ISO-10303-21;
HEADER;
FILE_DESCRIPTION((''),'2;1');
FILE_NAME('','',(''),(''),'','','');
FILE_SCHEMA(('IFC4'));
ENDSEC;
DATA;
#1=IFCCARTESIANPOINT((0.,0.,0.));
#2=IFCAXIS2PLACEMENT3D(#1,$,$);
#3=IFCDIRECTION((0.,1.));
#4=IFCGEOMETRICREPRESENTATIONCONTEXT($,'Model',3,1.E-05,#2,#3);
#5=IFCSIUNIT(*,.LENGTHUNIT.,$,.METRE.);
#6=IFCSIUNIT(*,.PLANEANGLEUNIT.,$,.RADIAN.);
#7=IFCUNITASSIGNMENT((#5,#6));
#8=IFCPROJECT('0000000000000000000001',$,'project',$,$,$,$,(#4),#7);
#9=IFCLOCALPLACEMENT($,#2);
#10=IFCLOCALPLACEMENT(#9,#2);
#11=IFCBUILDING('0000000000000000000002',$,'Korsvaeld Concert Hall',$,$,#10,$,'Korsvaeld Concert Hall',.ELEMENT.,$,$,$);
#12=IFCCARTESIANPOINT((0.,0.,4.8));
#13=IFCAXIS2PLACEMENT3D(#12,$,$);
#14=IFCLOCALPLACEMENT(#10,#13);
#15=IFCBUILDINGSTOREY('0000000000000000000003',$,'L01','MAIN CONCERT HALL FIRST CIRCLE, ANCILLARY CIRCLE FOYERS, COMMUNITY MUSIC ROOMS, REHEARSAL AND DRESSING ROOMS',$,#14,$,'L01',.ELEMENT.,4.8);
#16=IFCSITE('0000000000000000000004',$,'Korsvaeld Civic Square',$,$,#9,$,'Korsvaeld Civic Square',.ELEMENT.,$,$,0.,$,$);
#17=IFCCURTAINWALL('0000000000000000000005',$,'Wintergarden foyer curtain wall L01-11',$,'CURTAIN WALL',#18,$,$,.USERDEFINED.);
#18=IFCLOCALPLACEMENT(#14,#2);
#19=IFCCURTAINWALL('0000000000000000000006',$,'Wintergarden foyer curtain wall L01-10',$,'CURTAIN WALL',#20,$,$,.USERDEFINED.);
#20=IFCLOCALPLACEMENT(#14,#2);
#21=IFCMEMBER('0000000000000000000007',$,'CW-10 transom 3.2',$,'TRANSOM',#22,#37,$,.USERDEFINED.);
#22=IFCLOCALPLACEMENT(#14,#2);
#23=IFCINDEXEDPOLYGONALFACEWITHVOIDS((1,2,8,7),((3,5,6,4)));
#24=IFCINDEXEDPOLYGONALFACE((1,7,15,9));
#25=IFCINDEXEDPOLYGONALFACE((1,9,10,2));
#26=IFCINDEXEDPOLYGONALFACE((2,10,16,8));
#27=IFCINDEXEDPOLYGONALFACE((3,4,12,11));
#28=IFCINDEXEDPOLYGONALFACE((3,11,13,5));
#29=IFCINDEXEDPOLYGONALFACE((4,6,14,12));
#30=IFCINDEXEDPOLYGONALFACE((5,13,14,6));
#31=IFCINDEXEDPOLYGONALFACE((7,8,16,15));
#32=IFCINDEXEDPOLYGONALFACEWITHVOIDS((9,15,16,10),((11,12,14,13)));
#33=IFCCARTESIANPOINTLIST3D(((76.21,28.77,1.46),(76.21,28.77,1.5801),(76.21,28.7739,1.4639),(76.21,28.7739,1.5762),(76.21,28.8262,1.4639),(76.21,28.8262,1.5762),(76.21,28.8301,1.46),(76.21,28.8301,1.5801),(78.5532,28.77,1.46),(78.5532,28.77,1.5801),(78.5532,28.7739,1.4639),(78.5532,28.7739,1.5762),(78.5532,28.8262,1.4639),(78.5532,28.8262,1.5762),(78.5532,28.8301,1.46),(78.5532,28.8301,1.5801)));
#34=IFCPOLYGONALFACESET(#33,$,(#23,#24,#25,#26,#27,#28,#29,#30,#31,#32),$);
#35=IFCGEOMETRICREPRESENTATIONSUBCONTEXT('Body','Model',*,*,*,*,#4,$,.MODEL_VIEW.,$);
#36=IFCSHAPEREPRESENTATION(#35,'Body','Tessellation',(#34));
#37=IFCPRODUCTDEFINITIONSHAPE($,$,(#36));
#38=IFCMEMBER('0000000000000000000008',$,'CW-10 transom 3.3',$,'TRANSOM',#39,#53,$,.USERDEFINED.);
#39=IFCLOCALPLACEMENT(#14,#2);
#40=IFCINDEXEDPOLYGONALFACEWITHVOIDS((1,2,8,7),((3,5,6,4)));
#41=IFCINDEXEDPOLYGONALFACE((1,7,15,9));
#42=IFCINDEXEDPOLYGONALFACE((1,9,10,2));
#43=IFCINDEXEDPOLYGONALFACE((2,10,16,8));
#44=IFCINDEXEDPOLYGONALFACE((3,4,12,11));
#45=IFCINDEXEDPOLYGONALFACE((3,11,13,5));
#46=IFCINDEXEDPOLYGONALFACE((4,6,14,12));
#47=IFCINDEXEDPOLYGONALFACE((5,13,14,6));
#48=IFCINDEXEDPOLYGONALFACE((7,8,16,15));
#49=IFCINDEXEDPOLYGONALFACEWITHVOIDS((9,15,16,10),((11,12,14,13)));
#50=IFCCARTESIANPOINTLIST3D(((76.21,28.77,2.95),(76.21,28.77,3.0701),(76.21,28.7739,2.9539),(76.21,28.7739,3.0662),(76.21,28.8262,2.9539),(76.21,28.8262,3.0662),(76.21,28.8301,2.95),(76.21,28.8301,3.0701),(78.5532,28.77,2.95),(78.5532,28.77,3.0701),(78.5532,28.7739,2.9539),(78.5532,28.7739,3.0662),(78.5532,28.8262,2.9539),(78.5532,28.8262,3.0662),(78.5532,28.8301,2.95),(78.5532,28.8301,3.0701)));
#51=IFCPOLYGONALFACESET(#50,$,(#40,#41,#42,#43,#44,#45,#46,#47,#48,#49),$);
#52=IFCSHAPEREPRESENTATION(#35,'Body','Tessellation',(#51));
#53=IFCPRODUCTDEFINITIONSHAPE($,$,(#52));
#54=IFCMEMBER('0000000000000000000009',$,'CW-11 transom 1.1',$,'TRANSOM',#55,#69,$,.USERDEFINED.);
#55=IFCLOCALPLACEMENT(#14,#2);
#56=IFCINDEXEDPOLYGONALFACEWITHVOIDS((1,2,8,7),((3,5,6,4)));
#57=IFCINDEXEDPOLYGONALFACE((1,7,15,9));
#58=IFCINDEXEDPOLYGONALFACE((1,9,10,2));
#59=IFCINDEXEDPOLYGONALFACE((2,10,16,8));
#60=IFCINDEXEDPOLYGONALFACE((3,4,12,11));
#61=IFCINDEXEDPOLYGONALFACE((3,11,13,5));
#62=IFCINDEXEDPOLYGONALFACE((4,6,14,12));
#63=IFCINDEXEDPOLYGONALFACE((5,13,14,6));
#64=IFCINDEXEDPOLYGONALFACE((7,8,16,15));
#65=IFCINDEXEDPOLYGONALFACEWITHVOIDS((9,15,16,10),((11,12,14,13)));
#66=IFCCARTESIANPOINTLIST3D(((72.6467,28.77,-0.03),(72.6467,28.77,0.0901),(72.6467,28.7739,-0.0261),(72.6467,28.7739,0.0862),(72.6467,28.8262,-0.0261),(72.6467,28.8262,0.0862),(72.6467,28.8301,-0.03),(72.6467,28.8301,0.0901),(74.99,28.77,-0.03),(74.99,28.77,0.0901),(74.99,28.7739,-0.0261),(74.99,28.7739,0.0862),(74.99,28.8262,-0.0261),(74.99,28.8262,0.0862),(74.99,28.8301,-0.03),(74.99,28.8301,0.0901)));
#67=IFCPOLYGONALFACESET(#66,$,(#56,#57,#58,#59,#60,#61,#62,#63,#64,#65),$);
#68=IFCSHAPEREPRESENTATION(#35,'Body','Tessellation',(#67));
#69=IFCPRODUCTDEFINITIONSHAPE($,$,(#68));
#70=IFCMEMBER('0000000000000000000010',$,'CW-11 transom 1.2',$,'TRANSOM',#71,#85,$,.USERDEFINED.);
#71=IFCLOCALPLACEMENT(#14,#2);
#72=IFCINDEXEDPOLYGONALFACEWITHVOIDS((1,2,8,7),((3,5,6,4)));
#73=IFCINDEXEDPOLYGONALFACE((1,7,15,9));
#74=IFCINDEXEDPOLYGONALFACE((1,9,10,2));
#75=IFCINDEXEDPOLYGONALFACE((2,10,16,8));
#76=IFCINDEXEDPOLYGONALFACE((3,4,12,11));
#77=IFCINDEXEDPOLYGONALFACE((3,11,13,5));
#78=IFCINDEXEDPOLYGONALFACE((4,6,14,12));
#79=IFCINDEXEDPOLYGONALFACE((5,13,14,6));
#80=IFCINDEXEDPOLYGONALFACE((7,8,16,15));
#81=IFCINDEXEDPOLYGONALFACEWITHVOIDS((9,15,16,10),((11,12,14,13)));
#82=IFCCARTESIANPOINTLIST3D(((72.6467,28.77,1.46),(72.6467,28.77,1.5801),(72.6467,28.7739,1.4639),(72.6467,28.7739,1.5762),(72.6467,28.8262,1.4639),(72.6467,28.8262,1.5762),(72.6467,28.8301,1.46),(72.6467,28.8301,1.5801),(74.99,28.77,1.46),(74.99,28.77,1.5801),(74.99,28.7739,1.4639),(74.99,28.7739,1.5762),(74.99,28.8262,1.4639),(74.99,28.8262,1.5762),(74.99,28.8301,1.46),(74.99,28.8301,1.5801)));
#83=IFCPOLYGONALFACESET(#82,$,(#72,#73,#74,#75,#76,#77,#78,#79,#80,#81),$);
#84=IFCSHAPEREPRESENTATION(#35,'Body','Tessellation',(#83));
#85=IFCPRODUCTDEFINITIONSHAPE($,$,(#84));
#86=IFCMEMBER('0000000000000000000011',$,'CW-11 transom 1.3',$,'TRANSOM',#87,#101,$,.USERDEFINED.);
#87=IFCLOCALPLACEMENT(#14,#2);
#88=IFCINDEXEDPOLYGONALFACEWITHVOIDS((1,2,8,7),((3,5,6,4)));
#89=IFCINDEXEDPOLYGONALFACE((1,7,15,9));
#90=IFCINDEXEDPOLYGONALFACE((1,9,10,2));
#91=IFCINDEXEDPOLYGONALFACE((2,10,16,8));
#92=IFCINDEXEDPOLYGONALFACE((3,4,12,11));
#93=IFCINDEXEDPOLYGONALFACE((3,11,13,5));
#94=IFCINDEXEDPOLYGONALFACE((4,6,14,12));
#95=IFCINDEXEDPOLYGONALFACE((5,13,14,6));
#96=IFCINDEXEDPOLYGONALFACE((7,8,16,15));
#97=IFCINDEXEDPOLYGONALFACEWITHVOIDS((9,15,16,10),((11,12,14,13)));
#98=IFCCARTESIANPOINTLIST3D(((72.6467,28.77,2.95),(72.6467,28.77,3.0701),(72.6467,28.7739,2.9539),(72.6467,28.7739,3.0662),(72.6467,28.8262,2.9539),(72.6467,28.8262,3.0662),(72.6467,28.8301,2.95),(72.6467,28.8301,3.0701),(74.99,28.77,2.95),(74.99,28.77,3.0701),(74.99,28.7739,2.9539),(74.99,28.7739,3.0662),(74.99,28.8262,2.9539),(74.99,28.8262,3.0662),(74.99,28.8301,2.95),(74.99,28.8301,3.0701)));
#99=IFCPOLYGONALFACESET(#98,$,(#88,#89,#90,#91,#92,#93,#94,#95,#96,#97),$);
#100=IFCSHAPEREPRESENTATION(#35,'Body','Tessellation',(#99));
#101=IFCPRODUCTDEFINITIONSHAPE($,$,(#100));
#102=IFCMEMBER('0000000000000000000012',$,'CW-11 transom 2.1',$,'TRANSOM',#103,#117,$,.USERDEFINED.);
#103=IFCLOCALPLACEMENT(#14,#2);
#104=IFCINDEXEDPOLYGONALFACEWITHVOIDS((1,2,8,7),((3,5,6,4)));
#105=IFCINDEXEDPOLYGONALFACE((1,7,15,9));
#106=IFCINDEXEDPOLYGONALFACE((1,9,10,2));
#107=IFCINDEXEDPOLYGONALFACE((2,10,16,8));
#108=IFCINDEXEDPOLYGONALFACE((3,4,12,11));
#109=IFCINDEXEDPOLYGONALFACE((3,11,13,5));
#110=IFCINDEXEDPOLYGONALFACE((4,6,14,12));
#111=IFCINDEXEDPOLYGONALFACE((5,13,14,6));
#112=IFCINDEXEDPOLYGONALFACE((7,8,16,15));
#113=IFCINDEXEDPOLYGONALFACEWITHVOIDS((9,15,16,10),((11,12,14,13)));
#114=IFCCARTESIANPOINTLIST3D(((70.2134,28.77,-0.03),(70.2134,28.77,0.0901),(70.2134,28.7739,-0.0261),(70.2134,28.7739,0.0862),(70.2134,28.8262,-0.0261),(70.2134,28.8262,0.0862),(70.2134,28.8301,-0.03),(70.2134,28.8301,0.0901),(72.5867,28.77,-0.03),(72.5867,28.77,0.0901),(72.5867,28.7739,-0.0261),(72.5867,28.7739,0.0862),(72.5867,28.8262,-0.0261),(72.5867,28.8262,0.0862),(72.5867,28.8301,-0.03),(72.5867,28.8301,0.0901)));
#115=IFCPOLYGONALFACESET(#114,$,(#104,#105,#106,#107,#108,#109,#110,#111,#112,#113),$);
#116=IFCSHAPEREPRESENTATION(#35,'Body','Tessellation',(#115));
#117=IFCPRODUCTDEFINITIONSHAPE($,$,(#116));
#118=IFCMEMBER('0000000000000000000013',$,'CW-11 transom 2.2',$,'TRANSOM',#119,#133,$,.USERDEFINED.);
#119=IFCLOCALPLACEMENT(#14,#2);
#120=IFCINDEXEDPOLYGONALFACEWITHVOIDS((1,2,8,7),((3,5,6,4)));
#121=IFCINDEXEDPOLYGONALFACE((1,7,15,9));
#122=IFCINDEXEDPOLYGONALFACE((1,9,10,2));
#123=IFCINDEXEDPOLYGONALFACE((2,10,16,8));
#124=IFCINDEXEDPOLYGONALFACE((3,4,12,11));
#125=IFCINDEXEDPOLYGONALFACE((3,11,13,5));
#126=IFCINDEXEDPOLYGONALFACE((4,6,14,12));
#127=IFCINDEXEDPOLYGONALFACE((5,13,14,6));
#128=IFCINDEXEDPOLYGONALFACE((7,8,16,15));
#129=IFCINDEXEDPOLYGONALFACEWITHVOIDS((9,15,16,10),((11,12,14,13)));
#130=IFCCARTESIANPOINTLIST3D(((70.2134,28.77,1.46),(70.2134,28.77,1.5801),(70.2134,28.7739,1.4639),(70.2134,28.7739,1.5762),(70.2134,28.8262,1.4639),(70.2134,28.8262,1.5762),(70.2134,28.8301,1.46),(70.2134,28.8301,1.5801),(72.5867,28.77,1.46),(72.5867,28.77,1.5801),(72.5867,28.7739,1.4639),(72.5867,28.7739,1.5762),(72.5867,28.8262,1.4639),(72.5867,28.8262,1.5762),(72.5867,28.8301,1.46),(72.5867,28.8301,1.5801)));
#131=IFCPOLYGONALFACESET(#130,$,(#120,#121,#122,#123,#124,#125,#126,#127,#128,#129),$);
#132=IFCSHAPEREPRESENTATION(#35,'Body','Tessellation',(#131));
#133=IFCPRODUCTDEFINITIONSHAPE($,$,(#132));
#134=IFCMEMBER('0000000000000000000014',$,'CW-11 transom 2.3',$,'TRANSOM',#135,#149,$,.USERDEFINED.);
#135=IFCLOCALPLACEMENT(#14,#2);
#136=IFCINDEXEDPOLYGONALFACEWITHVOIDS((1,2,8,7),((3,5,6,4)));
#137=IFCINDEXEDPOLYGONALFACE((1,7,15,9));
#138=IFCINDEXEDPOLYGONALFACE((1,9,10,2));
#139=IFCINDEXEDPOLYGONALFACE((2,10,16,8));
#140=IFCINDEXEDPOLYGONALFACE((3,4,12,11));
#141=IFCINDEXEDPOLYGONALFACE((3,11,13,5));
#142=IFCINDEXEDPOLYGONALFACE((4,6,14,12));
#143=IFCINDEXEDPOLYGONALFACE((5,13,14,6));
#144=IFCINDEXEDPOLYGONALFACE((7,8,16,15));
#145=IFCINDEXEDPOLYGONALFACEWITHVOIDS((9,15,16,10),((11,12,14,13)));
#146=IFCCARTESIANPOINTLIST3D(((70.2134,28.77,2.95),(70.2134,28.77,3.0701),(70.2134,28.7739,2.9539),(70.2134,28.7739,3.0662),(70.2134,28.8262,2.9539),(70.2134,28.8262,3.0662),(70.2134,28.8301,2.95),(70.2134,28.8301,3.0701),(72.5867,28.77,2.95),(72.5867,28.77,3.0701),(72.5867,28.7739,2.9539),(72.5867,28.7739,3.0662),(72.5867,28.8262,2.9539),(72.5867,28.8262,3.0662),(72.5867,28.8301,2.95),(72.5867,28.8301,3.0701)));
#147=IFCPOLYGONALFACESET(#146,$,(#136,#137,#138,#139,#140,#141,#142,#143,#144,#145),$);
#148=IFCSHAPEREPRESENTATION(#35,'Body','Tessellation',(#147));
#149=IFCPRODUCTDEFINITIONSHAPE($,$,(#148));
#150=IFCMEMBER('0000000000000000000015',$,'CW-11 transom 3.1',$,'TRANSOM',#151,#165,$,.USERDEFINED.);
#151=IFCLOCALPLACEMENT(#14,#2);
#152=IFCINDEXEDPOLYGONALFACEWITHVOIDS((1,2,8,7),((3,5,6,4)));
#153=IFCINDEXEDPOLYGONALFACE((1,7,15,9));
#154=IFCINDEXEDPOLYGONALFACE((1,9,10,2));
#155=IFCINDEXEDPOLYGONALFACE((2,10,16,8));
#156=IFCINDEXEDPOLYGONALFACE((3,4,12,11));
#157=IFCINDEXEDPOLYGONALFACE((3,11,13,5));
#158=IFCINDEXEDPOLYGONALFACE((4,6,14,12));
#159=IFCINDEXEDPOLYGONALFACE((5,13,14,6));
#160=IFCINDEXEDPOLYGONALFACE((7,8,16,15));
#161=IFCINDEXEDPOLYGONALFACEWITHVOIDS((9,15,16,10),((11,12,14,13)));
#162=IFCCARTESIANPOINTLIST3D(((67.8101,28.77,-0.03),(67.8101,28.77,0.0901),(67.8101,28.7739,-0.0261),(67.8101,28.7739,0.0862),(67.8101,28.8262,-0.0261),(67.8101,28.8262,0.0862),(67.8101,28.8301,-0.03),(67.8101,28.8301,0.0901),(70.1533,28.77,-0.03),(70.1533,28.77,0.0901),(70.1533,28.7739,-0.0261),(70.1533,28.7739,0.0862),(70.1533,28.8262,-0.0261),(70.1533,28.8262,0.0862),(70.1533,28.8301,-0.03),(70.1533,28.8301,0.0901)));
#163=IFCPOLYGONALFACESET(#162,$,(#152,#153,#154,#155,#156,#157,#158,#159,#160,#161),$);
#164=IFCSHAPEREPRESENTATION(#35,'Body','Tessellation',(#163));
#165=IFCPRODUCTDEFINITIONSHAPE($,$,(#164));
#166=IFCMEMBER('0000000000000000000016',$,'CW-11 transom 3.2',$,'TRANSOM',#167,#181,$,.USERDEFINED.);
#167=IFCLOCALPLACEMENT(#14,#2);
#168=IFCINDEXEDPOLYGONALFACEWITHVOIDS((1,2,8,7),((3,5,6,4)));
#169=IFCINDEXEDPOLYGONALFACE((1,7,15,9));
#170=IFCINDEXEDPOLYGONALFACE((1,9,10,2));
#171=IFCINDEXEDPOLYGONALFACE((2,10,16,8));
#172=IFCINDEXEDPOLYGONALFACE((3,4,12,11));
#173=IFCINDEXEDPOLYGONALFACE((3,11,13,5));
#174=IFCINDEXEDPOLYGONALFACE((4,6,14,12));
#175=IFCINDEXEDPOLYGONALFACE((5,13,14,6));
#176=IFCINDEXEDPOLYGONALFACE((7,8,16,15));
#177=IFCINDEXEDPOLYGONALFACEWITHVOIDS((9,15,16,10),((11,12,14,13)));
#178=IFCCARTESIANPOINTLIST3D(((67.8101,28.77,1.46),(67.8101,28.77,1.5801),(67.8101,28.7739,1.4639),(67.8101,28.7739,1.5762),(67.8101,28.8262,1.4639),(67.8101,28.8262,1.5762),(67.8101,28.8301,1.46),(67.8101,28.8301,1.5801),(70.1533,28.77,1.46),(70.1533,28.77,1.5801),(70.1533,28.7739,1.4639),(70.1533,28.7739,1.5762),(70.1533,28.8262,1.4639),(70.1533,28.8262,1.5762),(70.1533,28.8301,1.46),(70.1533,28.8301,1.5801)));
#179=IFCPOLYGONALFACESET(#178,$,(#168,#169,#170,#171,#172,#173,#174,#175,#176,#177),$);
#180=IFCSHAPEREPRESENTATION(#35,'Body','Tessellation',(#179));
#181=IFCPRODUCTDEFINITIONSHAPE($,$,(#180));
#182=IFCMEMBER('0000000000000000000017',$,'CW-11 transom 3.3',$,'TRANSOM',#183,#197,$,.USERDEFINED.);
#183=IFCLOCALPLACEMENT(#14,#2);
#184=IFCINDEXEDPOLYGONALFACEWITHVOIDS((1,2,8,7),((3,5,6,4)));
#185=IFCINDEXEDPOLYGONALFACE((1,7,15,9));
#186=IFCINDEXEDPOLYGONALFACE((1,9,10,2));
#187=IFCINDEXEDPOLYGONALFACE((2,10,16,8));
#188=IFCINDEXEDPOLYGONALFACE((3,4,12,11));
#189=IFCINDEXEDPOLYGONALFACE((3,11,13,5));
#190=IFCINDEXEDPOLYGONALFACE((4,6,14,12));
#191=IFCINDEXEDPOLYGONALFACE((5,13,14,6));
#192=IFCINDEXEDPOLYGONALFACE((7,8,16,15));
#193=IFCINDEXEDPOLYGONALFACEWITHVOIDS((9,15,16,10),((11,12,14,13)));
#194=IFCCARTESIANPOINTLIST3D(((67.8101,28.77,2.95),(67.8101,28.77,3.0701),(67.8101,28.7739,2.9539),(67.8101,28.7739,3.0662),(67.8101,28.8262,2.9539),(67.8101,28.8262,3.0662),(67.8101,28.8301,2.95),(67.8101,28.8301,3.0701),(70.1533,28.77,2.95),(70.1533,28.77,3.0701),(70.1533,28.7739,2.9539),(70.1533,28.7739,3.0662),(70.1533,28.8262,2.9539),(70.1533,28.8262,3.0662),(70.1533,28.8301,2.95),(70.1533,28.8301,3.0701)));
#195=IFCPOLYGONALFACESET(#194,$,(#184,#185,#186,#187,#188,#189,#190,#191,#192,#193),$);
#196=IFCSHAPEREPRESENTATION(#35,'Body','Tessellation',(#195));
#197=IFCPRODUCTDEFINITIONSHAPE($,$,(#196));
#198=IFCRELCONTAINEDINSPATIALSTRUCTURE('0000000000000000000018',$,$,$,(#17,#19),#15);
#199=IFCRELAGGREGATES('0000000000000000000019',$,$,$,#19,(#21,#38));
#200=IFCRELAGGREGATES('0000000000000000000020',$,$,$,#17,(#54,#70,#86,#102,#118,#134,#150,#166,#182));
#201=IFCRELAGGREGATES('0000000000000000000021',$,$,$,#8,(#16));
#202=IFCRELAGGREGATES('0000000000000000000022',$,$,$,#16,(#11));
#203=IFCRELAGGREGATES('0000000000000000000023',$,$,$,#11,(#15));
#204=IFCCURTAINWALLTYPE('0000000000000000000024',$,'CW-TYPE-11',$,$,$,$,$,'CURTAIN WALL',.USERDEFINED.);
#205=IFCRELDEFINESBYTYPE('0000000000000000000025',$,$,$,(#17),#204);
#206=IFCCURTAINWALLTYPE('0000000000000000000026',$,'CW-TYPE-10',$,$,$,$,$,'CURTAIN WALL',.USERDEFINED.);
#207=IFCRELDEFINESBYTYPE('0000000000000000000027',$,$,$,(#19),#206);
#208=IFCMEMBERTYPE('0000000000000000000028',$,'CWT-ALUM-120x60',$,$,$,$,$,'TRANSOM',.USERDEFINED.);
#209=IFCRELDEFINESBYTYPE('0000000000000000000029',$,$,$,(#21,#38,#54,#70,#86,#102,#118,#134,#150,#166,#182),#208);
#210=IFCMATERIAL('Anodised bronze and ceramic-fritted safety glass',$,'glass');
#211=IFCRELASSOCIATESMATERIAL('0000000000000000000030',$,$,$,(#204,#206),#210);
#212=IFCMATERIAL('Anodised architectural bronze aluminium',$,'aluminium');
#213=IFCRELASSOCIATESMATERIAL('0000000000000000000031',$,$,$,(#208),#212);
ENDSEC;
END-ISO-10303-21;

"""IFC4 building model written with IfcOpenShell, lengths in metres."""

from ifc_helpers import new_model, si_unit, direction, frame, origin, origin_2d, place, context, subcontext, project, spatial, hollow_rectangle, extrude, material, material_profile, profile_set, type_object, element, aggregate, save


model = new_model("IFC4")

# Units and contexts
model_context = context("Model", 3, precision=1e-05, world=origin(), true_north=direction((0.0, 1.0)))
body_context = subcontext(model_context, "Body", "Model", "MODEL_VIEW")
ifc_project = project(units=[si_unit("LENGTHUNIT", "METRE"), si_unit("PLANEANGLEUNIT", "RADIAN")], contexts=[model_context])

# Site, building, storey
site_placement = place(None, origin())
site = spatial("IfcSite", under=ifc_project, at=site_placement, Name="Korsvaeld Civic Square", LongName="Korsvaeld Civic Square", CompositionType="ELEMENT", RefElevation=0.0)
building_placement = place(site_placement, origin())
building = spatial("IfcBuilding", under=site, at=building_placement, Name="Korsvaeld Concert Hall", LongName="Korsvaeld Concert Hall", CompositionType="ELEMENT")
storey_placement = place(building_placement, frame((0.0, 0.0, 4.8)))
storey = spatial("IfcBuildingStorey", under=building, at=storey_placement, Name="L01", Description="MAIN CONCERT HALL FIRST CIRCLE, ANCILLARY CIRCLE FOYERS, COMMUNITY MUSIC ROOMS, REHEARSAL AND DRESSING ROOMS", LongName="L01", CompositionType="ELEMENT", Elevation=4.8)

# Curtain walls, members
ifc_material_1 = material(Name="Anodised bronze and ceramic-fritted safety glass", Category="glass")
curtain_wall_type_1 = type_object("IfcCurtainWallType", Name="CW-TYPE-11", ElementType="CURTAIN WALL", PredefinedType="USERDEFINED", material=ifc_material_1)
curtain_wall_1_placement = place(storey_placement, origin())
curtain_wall_1 = element("IfcCurtainWall", 1, at=curtain_wall_1_placement, inside=storey, type_object=curtain_wall_type_1, Name="Wintergarden foyer curtain wall L01-11", ObjectType="CURTAIN WALL", PredefinedType="USERDEFINED")
ifc_material_2 = material(Name="Anodised architectural bronze aluminium", Category="aluminium")
curtain_wall_type_2 = type_object("IfcCurtainWallType", Name="CW-TYPE-10", ElementType="CURTAIN WALL", PredefinedType="USERDEFINED", material=ifc_material_1)
curtain_wall_2_placement = place(storey_placement, origin())
curtain_wall_2 = element("IfcCurtainWall", 2, at=curtain_wall_2_placement, inside=storey, type_object=curtain_wall_type_2, Name="Wintergarden foyer curtain wall L01-10", ObjectType="CURTAIN WALL", PredefinedType="USERDEFINED")
ifc_material_profile_1 = material_profile(ifc_material_2, hollow_rectangle(XDim=0.0601, YDim=0.1201, WallThickness=0.0039, at=origin_2d()), Name="CWT 120x60x4")
ifc_profile_set_1 = profile_set([ifc_material_profile_1], Name="Anodised architectural bronze aluminium")
member_type_1 = type_object("IfcMemberType", Name="CWT-ALUM-120x60", ElementType="TRANSOM", PredefinedType="USERDEFINED", material=ifc_profile_set_1)
member_1_placement = place(storey_placement, frame((78.5532, 28.8, 1.52), z_axis=(-1.0, 0.0, 0.0), x_axis=(0.0, -1.0, 0.0)))
member_1 = element("IfcMember", 3, at=member_1_placement, type_object=member_type_1, Name="CW-10 transom 3.2", ObjectType="TRANSOM", PredefinedType="USERDEFINED", context=body_context, shape_type="SweptSolid", body=[
    extrude(hollow_rectangle(XDim=0.0601, YDim=0.1201, WallThickness=0.0039, at=origin_2d()), origin(), (0.0, 0.0, 1.0), 2.3433),
])
member_2_placement = place(storey_placement, frame((78.5532, 28.8, 3.01), z_axis=(-1.0, 0.0, 0.0), x_axis=(0.0, -1.0, 0.0)))
member_2 = element("IfcMember", 4, at=member_2_placement, type_object=member_type_1, Name="CW-10 transom 3.3", ObjectType="TRANSOM", PredefinedType="USERDEFINED", context=body_context, shape_type="SweptSolid", body=[
    extrude(hollow_rectangle(XDim=0.0601, YDim=0.1201, WallThickness=0.0039, at=origin_2d()), origin(), (0.0, 0.0, 1.0), 2.3433),
])

# Members
member_3_placement = place(storey_placement, frame((74.99, 28.8, 0.03), z_axis=(-1.0, 0.0, 0.0), x_axis=(0.0, -1.0, 0.0)))
member_3 = element("IfcMember", 5, at=member_3_placement, type_object=member_type_1, Name="CW-11 transom 1.1", ObjectType="TRANSOM", PredefinedType="USERDEFINED", context=body_context, shape_type="SweptSolid", body=[
    extrude(hollow_rectangle(XDim=0.0601, YDim=0.1201, WallThickness=0.0039, at=origin_2d()), origin(), (0.0, 0.0, 1.0), 2.3433),
])
member_4_placement = place(storey_placement, frame((74.99, 28.8, 1.52), z_axis=(-1.0, 0.0, 0.0), x_axis=(0.0, -1.0, 0.0)))
member_4 = element("IfcMember", 6, at=member_4_placement, type_object=member_type_1, Name="CW-11 transom 1.2", ObjectType="TRANSOM", PredefinedType="USERDEFINED", context=body_context, shape_type="SweptSolid", body=[
    extrude(hollow_rectangle(XDim=0.0601, YDim=0.1201, WallThickness=0.0039, at=origin_2d()), origin(), (0.0, 0.0, 1.0), 2.3433),
])
member_5_placement = place(storey_placement, frame((74.99, 28.8, 3.01), z_axis=(-1.0, 0.0, 0.0), x_axis=(0.0, -1.0, 0.0)))
member_5 = element("IfcMember", 7, at=member_5_placement, type_object=member_type_1, Name="CW-11 transom 1.3", ObjectType="TRANSOM", PredefinedType="USERDEFINED", context=body_context, shape_type="SweptSolid", body=[
    extrude(hollow_rectangle(XDim=0.0601, YDim=0.1201, WallThickness=0.0039, at=origin_2d()), origin(), (0.0, 0.0, 1.0), 2.3433),
])
member_6_placement = place(storey_placement, frame((72.5867, 28.8, 0.03), z_axis=(-1.0, 0.0, 0.0), x_axis=(0.0, -1.0, 0.0)))
member_6 = element("IfcMember", 8, at=member_6_placement, type_object=member_type_1, Name="CW-11 transom 2.1", ObjectType="TRANSOM", PredefinedType="USERDEFINED", context=body_context, shape_type="SweptSolid", body=[
    extrude(hollow_rectangle(XDim=0.0601, YDim=0.1201, WallThickness=0.0039, at=origin_2d()), origin(), (0.0, 0.0, 1.0), 2.3733),
])
member_7_placement = place(storey_placement, frame((72.5867, 28.8, 1.52), z_axis=(-1.0, 0.0, 0.0), x_axis=(0.0, -1.0, 0.0)))
member_7 = element("IfcMember", 9, at=member_7_placement, type_object=member_type_1, Name="CW-11 transom 2.2", ObjectType="TRANSOM", PredefinedType="USERDEFINED", context=body_context, shape_type="SweptSolid", body=[
    extrude(hollow_rectangle(XDim=0.0601, YDim=0.1201, WallThickness=0.0039, at=origin_2d()), origin(), (0.0, 0.0, 1.0), 2.3733),
])
member_8_placement = place(storey_placement, frame((72.5867, 28.8, 3.01), z_axis=(-1.0, 0.0, 0.0), x_axis=(0.0, -1.0, 0.0)))
member_8 = element("IfcMember", 10, at=member_8_placement, type_object=member_type_1, Name="CW-11 transom 2.3", ObjectType="TRANSOM", PredefinedType="USERDEFINED", context=body_context, shape_type="SweptSolid", body=[
    extrude(hollow_rectangle(XDim=0.0601, YDim=0.1201, WallThickness=0.0039, at=origin_2d()), origin(), (0.0, 0.0, 1.0), 2.3733),
])
member_9_placement = place(storey_placement, frame((70.1533, 28.8, 0.03), z_axis=(-1.0, 0.0, 0.0), x_axis=(0.0, -1.0, 0.0)))
member_9 = element("IfcMember", 11, at=member_9_placement, type_object=member_type_1, Name="CW-11 transom 3.1", ObjectType="TRANSOM", PredefinedType="USERDEFINED", context=body_context, shape_type="SweptSolid", body=[
    extrude(hollow_rectangle(XDim=0.0601, YDim=0.1201, WallThickness=0.0039, at=origin_2d()), origin(), (0.0, 0.0, 1.0), 2.3433),
])
member_10_placement = place(storey_placement, frame((70.1533, 28.8, 1.52), z_axis=(-1.0, 0.0, 0.0), x_axis=(0.0, -1.0, 0.0)))
member_10 = element("IfcMember", 12, at=member_10_placement, type_object=member_type_1, Name="CW-11 transom 3.2", ObjectType="TRANSOM", PredefinedType="USERDEFINED", context=body_context, shape_type="SweptSolid", body=[
    extrude(hollow_rectangle(XDim=0.0601, YDim=0.1201, WallThickness=0.0039, at=origin_2d()), origin(), (0.0, 0.0, 1.0), 2.3433),
])
member_11_placement = place(storey_placement, frame((70.1533, 28.8, 3.01), z_axis=(-1.0, 0.0, 0.0), x_axis=(0.0, -1.0, 0.0)))
member_11 = element("IfcMember", 13, at=member_11_placement, type_object=member_type_1, Name="CW-11 transom 3.3", ObjectType="TRANSOM", PredefinedType="USERDEFINED", context=body_context, shape_type="SweptSolid", body=[
    extrude(hollow_rectangle(XDim=0.0601, YDim=0.1201, WallThickness=0.0039, at=origin_2d()), origin(), (0.0, 0.0, 1.0), 2.3433),
])

aggregate(curtain_wall_2, [member_1, member_2])
aggregate(curtain_wall_1, [member_3, member_4, member_5, member_6, member_7, member_8, member_9, member_10, member_11])

save(model, "model.ifc")
